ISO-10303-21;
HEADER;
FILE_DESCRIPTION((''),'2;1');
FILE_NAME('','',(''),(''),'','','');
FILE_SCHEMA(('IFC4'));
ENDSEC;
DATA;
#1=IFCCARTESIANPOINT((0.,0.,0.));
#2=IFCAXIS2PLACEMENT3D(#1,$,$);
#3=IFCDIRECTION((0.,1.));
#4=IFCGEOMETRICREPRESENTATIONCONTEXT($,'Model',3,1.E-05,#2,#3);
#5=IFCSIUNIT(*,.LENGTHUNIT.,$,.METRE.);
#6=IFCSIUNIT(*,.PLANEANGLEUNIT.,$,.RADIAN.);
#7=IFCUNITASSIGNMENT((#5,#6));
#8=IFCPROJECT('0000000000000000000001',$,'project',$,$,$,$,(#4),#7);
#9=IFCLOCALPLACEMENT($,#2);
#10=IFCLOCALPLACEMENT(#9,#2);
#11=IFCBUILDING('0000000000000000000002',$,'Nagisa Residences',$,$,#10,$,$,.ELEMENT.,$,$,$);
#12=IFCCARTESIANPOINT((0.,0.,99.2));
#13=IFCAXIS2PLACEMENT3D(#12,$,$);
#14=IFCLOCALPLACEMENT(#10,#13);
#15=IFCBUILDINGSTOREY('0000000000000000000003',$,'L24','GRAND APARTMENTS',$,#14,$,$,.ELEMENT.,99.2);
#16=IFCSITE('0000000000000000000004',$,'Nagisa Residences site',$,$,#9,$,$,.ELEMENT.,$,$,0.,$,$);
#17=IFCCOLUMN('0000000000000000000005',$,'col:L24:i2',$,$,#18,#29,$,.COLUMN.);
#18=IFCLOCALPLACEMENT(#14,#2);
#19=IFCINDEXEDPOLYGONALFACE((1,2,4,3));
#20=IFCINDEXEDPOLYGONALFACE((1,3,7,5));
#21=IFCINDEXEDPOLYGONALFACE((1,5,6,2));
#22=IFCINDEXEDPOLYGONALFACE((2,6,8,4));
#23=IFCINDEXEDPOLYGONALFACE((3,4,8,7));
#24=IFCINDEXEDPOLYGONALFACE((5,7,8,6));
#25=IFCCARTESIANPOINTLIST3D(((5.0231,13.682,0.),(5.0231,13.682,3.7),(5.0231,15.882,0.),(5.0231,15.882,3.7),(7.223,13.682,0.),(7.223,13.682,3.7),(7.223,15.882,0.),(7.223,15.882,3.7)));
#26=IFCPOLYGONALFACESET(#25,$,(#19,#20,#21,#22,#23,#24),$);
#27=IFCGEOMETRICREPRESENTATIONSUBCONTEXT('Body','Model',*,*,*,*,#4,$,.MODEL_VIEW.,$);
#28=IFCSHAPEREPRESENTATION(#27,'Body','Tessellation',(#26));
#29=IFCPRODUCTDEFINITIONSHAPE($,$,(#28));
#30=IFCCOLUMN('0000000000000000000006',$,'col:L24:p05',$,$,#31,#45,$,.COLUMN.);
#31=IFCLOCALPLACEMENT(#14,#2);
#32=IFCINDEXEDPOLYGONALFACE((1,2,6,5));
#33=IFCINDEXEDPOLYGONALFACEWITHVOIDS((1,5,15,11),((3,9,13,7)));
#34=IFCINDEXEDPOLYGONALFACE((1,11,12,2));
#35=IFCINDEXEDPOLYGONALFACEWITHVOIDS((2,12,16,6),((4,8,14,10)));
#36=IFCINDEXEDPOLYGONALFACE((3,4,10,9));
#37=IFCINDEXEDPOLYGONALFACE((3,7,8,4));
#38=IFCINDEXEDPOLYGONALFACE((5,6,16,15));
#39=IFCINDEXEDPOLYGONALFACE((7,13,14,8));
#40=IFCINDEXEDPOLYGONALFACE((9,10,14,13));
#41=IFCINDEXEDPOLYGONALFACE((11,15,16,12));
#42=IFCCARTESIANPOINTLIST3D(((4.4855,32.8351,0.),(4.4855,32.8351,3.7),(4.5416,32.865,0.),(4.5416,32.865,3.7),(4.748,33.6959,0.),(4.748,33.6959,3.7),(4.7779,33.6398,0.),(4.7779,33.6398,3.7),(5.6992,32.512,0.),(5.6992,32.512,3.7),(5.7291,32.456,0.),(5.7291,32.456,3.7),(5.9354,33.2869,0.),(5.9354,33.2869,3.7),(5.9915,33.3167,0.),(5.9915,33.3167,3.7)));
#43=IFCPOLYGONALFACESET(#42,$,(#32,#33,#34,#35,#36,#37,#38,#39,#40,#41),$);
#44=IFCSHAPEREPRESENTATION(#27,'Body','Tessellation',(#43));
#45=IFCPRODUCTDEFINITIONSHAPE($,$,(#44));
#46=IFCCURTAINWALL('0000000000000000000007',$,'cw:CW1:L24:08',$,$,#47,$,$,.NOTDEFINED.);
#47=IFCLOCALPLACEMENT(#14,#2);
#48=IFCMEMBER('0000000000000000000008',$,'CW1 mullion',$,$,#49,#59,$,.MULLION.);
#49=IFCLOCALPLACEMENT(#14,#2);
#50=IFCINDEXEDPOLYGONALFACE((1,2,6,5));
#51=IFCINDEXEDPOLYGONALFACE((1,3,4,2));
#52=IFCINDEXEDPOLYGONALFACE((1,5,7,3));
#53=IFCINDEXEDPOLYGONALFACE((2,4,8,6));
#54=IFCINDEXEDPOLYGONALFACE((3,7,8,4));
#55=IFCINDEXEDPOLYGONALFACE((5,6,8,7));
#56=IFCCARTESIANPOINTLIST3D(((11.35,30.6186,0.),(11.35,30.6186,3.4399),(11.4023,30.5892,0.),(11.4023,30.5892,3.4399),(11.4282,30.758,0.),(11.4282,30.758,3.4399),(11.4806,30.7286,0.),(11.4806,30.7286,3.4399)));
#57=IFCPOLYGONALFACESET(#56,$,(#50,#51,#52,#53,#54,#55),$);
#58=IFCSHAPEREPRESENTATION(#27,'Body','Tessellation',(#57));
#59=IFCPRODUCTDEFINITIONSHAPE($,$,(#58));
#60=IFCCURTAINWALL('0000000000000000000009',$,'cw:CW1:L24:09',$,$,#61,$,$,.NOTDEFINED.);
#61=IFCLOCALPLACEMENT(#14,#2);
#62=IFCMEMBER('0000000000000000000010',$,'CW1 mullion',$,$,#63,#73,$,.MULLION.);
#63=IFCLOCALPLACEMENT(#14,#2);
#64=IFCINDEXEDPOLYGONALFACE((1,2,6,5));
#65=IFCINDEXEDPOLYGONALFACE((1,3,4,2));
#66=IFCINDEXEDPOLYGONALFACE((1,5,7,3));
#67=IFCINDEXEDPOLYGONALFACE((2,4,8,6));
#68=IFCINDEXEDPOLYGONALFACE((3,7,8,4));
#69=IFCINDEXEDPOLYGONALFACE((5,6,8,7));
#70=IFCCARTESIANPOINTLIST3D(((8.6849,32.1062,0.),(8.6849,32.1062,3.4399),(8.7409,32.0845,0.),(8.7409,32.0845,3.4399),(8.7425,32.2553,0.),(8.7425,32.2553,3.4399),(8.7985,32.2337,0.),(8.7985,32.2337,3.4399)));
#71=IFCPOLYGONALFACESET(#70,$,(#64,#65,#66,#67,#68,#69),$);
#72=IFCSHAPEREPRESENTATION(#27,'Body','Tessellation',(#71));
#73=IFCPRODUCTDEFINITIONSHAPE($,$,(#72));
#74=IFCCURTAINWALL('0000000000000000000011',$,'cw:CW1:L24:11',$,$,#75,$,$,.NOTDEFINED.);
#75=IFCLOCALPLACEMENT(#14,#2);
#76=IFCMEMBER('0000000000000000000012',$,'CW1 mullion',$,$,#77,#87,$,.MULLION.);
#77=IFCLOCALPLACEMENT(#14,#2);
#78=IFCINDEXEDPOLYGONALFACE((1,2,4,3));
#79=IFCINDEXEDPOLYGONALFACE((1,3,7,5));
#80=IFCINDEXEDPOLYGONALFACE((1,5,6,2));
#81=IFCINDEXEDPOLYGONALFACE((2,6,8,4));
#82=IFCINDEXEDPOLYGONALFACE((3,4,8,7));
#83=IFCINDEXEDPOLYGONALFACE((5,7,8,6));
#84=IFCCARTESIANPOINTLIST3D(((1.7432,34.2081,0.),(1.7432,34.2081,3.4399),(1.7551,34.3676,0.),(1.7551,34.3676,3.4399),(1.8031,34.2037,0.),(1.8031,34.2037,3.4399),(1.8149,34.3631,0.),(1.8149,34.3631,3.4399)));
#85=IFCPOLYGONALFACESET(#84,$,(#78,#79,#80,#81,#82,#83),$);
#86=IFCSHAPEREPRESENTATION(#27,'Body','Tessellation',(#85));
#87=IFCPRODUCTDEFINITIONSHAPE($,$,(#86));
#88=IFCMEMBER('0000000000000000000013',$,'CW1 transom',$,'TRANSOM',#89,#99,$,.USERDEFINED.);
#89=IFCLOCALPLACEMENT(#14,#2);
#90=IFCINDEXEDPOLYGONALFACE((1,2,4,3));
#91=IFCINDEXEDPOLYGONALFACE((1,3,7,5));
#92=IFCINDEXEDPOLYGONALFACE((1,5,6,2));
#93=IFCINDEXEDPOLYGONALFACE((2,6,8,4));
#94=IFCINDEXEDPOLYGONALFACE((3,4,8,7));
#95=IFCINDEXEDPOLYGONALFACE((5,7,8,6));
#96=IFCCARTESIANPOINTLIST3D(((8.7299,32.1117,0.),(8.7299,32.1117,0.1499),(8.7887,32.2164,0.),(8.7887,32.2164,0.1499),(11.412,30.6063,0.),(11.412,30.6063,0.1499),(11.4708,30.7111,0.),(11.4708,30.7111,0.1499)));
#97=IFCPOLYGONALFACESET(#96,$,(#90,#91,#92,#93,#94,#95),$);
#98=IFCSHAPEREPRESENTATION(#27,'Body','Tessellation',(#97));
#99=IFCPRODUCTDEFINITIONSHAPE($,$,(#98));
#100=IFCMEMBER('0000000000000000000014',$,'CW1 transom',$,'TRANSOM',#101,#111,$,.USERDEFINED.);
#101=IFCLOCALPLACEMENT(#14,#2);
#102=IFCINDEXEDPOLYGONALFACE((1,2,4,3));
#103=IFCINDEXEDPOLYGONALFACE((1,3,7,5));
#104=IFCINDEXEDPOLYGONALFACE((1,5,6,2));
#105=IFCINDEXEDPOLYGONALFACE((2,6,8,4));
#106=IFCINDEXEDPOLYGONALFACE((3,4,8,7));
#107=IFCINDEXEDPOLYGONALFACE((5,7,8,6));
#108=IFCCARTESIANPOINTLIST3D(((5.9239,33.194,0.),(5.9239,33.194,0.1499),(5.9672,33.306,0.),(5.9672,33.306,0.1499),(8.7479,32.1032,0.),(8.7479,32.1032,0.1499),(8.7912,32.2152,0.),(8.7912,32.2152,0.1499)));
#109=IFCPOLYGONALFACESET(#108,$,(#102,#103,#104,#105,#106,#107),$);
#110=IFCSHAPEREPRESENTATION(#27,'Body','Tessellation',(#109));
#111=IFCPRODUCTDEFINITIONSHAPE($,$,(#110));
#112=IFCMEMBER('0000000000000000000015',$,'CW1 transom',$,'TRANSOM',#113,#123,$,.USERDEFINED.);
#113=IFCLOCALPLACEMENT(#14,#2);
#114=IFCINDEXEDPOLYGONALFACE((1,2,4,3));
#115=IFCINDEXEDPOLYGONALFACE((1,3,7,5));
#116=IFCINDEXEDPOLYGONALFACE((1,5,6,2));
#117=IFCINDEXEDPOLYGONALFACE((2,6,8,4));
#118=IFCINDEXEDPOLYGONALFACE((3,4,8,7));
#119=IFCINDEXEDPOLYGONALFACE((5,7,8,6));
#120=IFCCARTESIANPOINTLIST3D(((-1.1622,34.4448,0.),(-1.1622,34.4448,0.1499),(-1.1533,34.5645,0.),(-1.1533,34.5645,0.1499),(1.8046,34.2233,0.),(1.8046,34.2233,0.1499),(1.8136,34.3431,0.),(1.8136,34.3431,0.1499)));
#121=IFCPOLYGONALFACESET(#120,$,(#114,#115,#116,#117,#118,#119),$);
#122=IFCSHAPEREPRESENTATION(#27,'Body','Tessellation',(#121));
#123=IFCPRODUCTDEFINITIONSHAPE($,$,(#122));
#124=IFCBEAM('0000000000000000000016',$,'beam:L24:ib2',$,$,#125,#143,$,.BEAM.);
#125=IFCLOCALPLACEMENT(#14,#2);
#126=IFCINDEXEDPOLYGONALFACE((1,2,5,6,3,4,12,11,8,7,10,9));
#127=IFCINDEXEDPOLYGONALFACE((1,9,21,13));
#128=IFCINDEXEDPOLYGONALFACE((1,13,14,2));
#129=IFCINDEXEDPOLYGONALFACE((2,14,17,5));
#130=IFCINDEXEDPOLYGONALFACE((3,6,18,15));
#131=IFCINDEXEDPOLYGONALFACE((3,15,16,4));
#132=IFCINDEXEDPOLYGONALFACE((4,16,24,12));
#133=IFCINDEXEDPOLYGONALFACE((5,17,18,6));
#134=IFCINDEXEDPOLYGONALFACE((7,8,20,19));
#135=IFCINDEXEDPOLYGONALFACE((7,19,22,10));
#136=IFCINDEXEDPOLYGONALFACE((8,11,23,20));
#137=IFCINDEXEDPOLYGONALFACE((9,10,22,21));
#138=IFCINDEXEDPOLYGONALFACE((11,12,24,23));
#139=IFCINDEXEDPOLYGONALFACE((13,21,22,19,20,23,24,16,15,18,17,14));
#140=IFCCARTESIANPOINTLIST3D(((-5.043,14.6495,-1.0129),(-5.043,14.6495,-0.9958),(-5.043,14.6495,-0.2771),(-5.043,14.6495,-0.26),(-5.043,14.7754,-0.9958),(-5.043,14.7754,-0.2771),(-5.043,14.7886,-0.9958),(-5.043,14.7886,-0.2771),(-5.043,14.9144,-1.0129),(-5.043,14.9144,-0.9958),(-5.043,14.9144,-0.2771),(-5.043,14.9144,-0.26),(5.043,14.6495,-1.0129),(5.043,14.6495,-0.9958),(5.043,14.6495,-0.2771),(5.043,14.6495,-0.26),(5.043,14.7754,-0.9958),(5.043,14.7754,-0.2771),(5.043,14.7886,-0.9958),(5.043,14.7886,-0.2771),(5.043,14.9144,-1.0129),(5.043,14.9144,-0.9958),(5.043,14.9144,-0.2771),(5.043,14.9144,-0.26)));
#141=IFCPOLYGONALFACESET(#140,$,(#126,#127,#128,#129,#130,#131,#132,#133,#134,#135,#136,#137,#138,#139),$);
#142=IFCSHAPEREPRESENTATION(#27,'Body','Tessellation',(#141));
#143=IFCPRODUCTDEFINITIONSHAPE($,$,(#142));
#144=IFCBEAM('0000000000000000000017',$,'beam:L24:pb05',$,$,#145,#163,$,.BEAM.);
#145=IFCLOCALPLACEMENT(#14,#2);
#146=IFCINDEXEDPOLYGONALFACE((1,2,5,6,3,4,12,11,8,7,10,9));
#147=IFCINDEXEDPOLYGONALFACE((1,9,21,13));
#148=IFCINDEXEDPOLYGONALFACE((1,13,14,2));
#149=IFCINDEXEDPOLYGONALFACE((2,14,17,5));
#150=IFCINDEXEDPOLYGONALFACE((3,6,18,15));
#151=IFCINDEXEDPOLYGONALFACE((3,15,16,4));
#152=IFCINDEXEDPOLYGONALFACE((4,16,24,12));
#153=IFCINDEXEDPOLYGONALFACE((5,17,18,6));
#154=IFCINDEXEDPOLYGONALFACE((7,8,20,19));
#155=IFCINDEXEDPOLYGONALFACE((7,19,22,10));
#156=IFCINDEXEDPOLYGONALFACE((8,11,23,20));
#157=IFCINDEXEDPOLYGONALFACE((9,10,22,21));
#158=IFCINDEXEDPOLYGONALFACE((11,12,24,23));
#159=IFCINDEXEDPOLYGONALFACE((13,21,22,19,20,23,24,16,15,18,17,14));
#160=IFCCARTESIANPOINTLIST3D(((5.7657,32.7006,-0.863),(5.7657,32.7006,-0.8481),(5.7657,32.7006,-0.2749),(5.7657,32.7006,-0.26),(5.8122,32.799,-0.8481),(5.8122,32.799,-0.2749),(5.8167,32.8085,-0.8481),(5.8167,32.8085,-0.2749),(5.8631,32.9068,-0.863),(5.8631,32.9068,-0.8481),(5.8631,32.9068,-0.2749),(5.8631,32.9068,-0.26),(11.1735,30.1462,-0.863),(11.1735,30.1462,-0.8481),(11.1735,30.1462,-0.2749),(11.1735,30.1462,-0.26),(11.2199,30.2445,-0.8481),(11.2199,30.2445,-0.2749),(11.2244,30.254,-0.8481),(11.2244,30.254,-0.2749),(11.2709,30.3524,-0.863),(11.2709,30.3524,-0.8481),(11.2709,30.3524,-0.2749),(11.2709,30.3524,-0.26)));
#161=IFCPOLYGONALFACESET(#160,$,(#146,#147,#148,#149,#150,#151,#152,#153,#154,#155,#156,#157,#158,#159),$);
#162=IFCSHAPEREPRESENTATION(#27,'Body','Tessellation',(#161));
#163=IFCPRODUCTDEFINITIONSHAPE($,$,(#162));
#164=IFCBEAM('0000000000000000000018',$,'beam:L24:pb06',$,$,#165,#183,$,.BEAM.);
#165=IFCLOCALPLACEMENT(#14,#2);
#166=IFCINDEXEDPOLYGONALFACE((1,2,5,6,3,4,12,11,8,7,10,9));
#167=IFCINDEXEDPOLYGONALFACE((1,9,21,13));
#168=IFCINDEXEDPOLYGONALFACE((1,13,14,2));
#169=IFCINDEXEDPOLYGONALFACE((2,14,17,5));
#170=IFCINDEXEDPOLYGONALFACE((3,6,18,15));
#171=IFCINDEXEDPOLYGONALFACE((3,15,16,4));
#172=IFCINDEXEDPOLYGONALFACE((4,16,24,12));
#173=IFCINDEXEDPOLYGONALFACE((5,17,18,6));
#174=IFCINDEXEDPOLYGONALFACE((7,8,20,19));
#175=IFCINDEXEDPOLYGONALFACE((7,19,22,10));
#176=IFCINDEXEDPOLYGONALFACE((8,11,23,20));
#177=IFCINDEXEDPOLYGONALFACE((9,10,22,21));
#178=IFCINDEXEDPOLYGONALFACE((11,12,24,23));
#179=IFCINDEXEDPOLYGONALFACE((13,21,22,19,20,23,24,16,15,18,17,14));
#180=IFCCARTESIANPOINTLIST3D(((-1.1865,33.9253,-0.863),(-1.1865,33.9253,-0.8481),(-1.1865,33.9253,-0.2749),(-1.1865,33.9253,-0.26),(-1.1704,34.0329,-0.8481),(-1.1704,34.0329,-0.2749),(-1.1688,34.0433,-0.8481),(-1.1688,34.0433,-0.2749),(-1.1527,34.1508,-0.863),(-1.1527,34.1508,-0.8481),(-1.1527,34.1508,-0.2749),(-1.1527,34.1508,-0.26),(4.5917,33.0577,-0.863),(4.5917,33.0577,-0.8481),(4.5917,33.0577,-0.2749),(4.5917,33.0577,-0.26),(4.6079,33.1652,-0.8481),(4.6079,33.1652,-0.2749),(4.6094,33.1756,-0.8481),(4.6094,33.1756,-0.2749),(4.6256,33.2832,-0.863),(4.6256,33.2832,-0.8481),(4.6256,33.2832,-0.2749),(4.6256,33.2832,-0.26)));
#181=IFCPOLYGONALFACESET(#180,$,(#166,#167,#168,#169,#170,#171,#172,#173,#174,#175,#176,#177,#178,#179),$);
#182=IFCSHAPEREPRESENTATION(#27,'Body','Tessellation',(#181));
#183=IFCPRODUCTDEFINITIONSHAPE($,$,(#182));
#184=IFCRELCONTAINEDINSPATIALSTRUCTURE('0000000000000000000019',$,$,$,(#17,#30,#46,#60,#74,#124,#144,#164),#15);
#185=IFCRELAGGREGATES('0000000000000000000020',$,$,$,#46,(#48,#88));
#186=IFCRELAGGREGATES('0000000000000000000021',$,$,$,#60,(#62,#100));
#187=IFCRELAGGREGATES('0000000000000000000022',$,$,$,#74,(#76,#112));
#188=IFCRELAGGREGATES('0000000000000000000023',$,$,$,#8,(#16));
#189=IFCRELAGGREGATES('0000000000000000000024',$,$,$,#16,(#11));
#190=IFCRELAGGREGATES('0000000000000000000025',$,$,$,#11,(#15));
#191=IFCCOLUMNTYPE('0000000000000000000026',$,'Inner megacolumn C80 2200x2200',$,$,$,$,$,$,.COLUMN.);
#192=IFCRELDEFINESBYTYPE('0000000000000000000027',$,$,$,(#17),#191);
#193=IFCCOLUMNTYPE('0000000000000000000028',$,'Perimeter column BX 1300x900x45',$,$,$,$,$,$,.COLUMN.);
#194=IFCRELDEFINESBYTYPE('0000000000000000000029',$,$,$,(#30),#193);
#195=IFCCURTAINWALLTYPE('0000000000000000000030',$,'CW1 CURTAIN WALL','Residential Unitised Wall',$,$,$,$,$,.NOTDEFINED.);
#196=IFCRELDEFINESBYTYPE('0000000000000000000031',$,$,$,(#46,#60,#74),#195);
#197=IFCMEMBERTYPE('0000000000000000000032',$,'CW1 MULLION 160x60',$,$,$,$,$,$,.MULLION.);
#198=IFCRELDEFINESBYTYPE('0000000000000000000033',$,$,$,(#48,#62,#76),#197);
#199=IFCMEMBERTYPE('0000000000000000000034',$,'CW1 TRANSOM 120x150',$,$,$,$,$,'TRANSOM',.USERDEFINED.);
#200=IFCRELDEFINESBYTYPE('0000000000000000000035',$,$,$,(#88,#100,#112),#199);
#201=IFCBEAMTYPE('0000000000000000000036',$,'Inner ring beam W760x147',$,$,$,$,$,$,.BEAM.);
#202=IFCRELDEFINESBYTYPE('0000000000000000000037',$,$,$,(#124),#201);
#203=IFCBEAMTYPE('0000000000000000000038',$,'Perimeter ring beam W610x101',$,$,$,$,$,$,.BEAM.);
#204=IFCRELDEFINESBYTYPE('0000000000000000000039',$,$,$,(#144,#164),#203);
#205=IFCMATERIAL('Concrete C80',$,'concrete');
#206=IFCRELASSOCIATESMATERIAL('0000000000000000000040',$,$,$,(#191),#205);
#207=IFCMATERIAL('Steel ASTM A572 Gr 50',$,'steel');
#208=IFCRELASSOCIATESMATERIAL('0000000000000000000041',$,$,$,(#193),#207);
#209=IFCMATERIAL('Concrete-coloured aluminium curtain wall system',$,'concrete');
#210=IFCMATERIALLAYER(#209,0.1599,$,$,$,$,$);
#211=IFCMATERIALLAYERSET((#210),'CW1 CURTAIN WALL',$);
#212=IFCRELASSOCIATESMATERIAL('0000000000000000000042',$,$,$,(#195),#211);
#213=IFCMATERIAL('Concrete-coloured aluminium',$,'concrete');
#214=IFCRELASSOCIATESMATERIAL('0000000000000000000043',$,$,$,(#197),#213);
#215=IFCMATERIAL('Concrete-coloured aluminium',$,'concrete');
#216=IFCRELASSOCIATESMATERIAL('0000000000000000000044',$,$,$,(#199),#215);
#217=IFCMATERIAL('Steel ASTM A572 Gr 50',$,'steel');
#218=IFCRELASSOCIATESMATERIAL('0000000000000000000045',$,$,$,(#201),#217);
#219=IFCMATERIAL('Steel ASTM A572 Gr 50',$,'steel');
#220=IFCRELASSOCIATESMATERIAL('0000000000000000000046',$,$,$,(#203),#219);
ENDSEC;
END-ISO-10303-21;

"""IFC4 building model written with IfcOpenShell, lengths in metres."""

from ifc_helpers import new_model, si_unit, direction, frame, origin, origin_2d, place, context, subcontext, project, spatial, rectangle, hollow_rectangle, i_section, extrude, material, layer, layer_set, material_profile, profile_set, type_object, element, aggregate, save


model = new_model("IFC4")

# Units and contexts
model_context = context("Model", 3, precision=1e-05, world=origin(), true_north=direction((0.0, 1.0)))
body_context = subcontext(model_context, "Body", "Model", "MODEL_VIEW")
ifc_project = project(units=[si_unit("LENGTHUNIT", "METRE"), si_unit("PLANEANGLEUNIT", "RADIAN")], contexts=[model_context])

# Site, building, storey
site_placement = place(None, origin())
site = spatial("IfcSite", under=ifc_project, at=site_placement, Name="Nagisa Residences site", CompositionType="ELEMENT", RefElevation=0.0)
building_placement = place(site_placement, origin())
building = spatial("IfcBuilding", under=site, at=building_placement, Name="Nagisa Residences", CompositionType="ELEMENT")
storey_placement = place(building_placement, frame((0.0, 0.0, 99.2)))
storey = spatial("IfcBuildingStorey", under=building, at=storey_placement, Name="L24", Description="GRAND APARTMENTS", CompositionType="ELEMENT", Elevation=99.2)

# Columns
ifc_material_1 = material(Name="Concrete C80", Category="concrete")
ifc_material_profile_1 = material_profile(ifc_material_1, rectangle(XDim=2.2, YDim=2.2, at=origin_2d()), Name="C80 2200x2200")
ifc_profile_set_1 = profile_set([ifc_material_profile_1], Name="Concrete C80")
column_type_1 = type_object("IfcColumnType", Name="Inner megacolumn C80 2200x2200", PredefinedType="COLUMN", material=ifc_profile_set_1)
column_1_placement = place(storey_placement, frame((6.123, 14.782, 0.0), z_axis=(0.0, 0.0, 1.0), x_axis=(1.0, 0.0, 0.0)))
element("IfcColumn", 1, at=column_1_placement, inside=storey, type_object=column_type_1, Name="col:L24:i2", PredefinedType="COLUMN", context=body_context, shape_type="SweptSolid", body=[
    extrude(rectangle(XDim=2.2, YDim=2.2, at=origin_2d()), origin(), (0.0, 0.0, 1.0), 3.7),
])
ifc_material_2 = material(Name="Steel ASTM A572 Gr 50", Category="steel")
ifc_material_profile_2 = material_profile(ifc_material_2, hollow_rectangle(XDim=1.3, YDim=0.8999, WallThickness=0.0449, at=origin_2d()), Name="BX 1300x900x45")
ifc_profile_set_2 = profile_set([ifc_material_profile_2], Name="Steel ASTM A572 Gr 50")
column_type_2 = type_object("IfcColumnType", Name="Perimeter column BX 1300x900x45", PredefinedType="COLUMN", material=ifc_profile_set_2)
column_2_placement = place(storey_placement, frame((5.2385, 33.0759, 0.0), z_axis=(0.0, 0.0, 1.0), x_axis=(-0.956525, 0.291652, 0.0)))
element("IfcColumn", 2, at=column_2_placement, inside=storey, type_object=column_type_2, Name="col:L24:p05", PredefinedType="COLUMN", context=body_context, shape_type="SweptSolid", body=[
    extrude(hollow_rectangle(XDim=1.3, YDim=0.8999, WallThickness=0.0449, at=origin_2d()), origin(), (0.0, 0.0, 1.0), 3.7),
])

# Curtain walls, members
ifc_material_3 = material(Name="Concrete-coloured aluminium curtain wall system", Category="concrete")
ifc_layer_1 = layer(ifc_material_3, 0.1599)
ifc_layer_set_1 = layer_set([ifc_layer_1], Name="CW1 CURTAIN WALL")
curtain_wall_type = type_object("IfcCurtainWallType", Name="CW1 CURTAIN WALL", Description="Residential Unitised Wall", PredefinedType="NOTDEFINED", material=ifc_layer_set_1)
curtain_wall_1_placement = place(storey_placement, origin())
curtain_wall_1 = element("IfcCurtainWall", 3, at=curtain_wall_1_placement, inside=storey, type_object=curtain_wall_type, Name="cw:CW1:L24:08", PredefinedType="NOTDEFINED")
ifc_material_4 = material(Name="Concrete-coloured aluminium", Category="concrete")
ifc_material_profile_3 = material_profile(ifc_material_4, rectangle(XDim=0.1599, YDim=0.0601, at=origin_2d()), Name="CW1 MULLION 160x60")
ifc_profile_set_3 = profile_set([ifc_material_profile_3], Name="Concrete-coloured aluminium")
member_type_1 = type_object("IfcMemberType", Name="CW1 MULLION 160x60", PredefinedType="MULLION", material=ifc_profile_set_3)
member_1_placement = place(storey_placement, frame((11.4153, 30.6736, 0.0), z_axis=(0.0, 0.0, 1.0), x_axis=(-0.489377, -0.872072, 0.0)))
member_1 = element("IfcMember", 4, at=member_1_placement, type_object=member_type_1, Name="CW1 mullion", PredefinedType="MULLION", context=body_context, shape_type="SweptSolid", body=[
    extrude(rectangle(XDim=0.1599, YDim=0.0601, at=origin_2d()), origin(), (0.0, 0.0, 1.0), 3.4399),
])
curtain_wall_2_placement = place(storey_placement, origin())
curtain_wall_2 = element("IfcCurtainWall", 5, at=curtain_wall_2_placement, inside=storey, type_object=curtain_wall_type, Name="cw:CW1:L24:09", PredefinedType="NOTDEFINED")
member_2_placement = place(storey_placement, frame((8.7417, 32.1699, 0.0), z_axis=(0.0, 0.0, 1.0), x_axis=(-0.360328, -0.932826, 0.0)))
member_2 = element("IfcMember", 6, at=member_2_placement, type_object=member_type_1, Name="CW1 mullion", PredefinedType="MULLION", context=body_context, shape_type="SweptSolid", body=[
    extrude(rectangle(XDim=0.1599, YDim=0.0601, at=origin_2d()), origin(), (0.0, 0.0, 1.0), 3.4399),
])
curtain_wall_3_placement = place(storey_placement, origin())
curtain_wall_3 = element("IfcCurtainWall", 7, at=curtain_wall_3_placement, inside=storey, type_object=curtain_wall_type, Name="cw:CW1:L24:11", PredefinedType="NOTDEFINED")
member_3_placement = place(storey_placement, frame((1.7791, 34.2856, 0.0), z_axis=(0.0, 0.0, 1.0), x_axis=(-0.074377, -0.99723, 0.0)))
member_3 = element("IfcMember", 8, at=member_3_placement, type_object=member_type_1, Name="CW1 mullion", PredefinedType="MULLION", context=body_context, shape_type="SweptSolid", body=[
    extrude(rectangle(XDim=0.1599, YDim=0.0601, at=origin_2d()), origin(), (0.0, 0.0, 1.0), 3.4399),
])

# Members
ifc_material_5 = material(Name="Concrete-coloured aluminium", Category="concrete")
ifc_material_profile_4 = material_profile(ifc_material_5, rectangle(XDim=0.1201, YDim=0.1499, at=origin_2d()), Name="CW1 TRANSOM 120x150")
ifc_profile_set_4 = profile_set([ifc_material_profile_4], Name="Concrete-coloured aluminium")
member_type_2 = type_object("IfcMemberType", Name="CW1 TRANSOM 120x150", ElementType="TRANSOM", PredefinedType="USERDEFINED", material=ifc_profile_set_4)
member_4_placement = place(storey_placement, frame((11.4414, 30.6587, 0.075), z_axis=(-0.872037, 0.489439, 0.0), x_axis=(-0.489439, -0.872037, 0.0)))
member_4 = element("IfcMember", 9, at=member_4_placement, type_object=member_type_2, Name="CW1 transom", ObjectType="TRANSOM", PredefinedType="USERDEFINED", context=body_context, shape_type="SweptSolid", body=[
    extrude(rectangle(XDim=0.1201, YDim=0.1499, at=origin_2d()), origin(), (0.0, 0.0, 1.0), 3.0757),
])
member_5_placement = place(storey_placement, frame((8.7695, 32.1592, 0.075), z_axis=(-0.932827, 0.360324, 0.0), x_axis=(-0.360324, -0.932827, 0.0)))
member_5 = element("IfcMember", 10, at=member_5_placement, type_object=member_type_2, Name="CW1 transom", ObjectType="TRANSOM", PredefinedType="USERDEFINED", context=body_context, shape_type="SweptSolid", body=[
    extrude(rectangle(XDim=0.1201, YDim=0.1499, at=origin_2d()), origin(), (0.0, 0.0, 1.0), 3.0273),
])
member_6_placement = place(storey_placement, frame((1.8091, 34.2832, 0.075), z_axis=(-0.997226, 0.074431, 0.0), x_axis=(-0.074431, -0.997226, 0.0)))
member_6 = element("IfcMember", 11, at=member_6_placement, type_object=member_type_2, Name="CW1 transom", ObjectType="TRANSOM", PredefinedType="USERDEFINED", context=body_context, shape_type="SweptSolid", body=[
    extrude(rectangle(XDim=0.1201, YDim=0.1499, at=origin_2d()), origin(), (0.0, 0.0, 1.0), 2.9751),
])

# Beams
ifc_material_6 = material(Name="Steel ASTM A572 Gr 50", Category="steel")
ifc_material_profile_5 = material_profile(ifc_material_6, i_section(OverallWidth=0.2649, OverallDepth=0.7529, WebThickness=0.0132, FlangeThickness=0.0171, at=origin_2d()), Name="W760x147")
ifc_profile_set_5 = profile_set([ifc_material_profile_5], Name="Steel ASTM A572 Gr 50")
beam_type_1 = type_object("IfcBeamType", Name="Inner ring beam W760x147", PredefinedType="BEAM", material=ifc_profile_set_5)
beam_1_placement = place(storey_placement, frame((5.043, 14.782, -0.6365), z_axis=(-1.0, 0.0, 0.0), x_axis=(0.0, -1.0, 0.0)))
element("IfcBeam", 12, at=beam_1_placement, inside=storey, type_object=beam_type_1, Name="beam:L24:ib2", PredefinedType="BEAM", context=body_context, shape_type="SweptSolid", body=[
    extrude(i_section(OverallWidth=0.2649, OverallDepth=0.7529, WebThickness=0.0132, FlangeThickness=0.0171, at=origin_2d()), origin(), (0.0, 0.0, 1.0), 10.0859),
])
ifc_material_7 = material(Name="Steel ASTM A572 Gr 50", Category="steel")
ifc_material_profile_6 = material_profile(ifc_material_7, i_section(OverallWidth=0.228, OverallDepth=0.603, WebThickness=0.0105, FlangeThickness=0.0149, at=origin_2d()), Name="W610x101")
ifc_profile_set_6 = profile_set([ifc_material_profile_6], Name="Steel ASTM A572 Gr 50")
beam_type_2 = type_object("IfcBeamType", Name="Perimeter ring beam W610x101", PredefinedType="BEAM", material=ifc_profile_set_6)
beam_2_placement = place(storey_placement, frame((11.2222, 30.2493, -0.5615), z_axis=(-0.904197, 0.427116, 0.0), x_axis=(-0.427116, -0.904197, 0.0)))
element("IfcBeam", 13, at=beam_2_placement, inside=storey, type_object=beam_type_2, Name="beam:L24:pb05", PredefinedType="BEAM", context=body_context, shape_type="SweptSolid", body=[
    extrude(i_section(OverallWidth=0.228, OverallDepth=0.603, WebThickness=0.0105, FlangeThickness=0.0149, at=origin_2d()), origin(), (0.0, 0.0, 1.0), 5.9807),
])
beam_3_placement = place(storey_placement, frame((4.6086, 33.1704, -0.5615), z_axis=(-0.988913, 0.148496, 0.0), x_axis=(-0.148496, -0.988913, 0.0)))
element("IfcBeam", 14, at=beam_3_placement, inside=storey, type_object=beam_type_2, Name="beam:L24:pb06", PredefinedType="BEAM", context=body_context, shape_type="SweptSolid", body=[
    extrude(i_section(OverallWidth=0.228, OverallDepth=0.603, WebThickness=0.0105, FlangeThickness=0.0149, at=origin_2d()), origin(), (0.0, 0.0, 1.0), 5.843),
])

aggregate(curtain_wall_1, [member_1, member_4])
aggregate(curtain_wall_2, [member_2, member_5])
aggregate(curtain_wall_3, [member_3, member_6])

save(model, "model.ifc")
